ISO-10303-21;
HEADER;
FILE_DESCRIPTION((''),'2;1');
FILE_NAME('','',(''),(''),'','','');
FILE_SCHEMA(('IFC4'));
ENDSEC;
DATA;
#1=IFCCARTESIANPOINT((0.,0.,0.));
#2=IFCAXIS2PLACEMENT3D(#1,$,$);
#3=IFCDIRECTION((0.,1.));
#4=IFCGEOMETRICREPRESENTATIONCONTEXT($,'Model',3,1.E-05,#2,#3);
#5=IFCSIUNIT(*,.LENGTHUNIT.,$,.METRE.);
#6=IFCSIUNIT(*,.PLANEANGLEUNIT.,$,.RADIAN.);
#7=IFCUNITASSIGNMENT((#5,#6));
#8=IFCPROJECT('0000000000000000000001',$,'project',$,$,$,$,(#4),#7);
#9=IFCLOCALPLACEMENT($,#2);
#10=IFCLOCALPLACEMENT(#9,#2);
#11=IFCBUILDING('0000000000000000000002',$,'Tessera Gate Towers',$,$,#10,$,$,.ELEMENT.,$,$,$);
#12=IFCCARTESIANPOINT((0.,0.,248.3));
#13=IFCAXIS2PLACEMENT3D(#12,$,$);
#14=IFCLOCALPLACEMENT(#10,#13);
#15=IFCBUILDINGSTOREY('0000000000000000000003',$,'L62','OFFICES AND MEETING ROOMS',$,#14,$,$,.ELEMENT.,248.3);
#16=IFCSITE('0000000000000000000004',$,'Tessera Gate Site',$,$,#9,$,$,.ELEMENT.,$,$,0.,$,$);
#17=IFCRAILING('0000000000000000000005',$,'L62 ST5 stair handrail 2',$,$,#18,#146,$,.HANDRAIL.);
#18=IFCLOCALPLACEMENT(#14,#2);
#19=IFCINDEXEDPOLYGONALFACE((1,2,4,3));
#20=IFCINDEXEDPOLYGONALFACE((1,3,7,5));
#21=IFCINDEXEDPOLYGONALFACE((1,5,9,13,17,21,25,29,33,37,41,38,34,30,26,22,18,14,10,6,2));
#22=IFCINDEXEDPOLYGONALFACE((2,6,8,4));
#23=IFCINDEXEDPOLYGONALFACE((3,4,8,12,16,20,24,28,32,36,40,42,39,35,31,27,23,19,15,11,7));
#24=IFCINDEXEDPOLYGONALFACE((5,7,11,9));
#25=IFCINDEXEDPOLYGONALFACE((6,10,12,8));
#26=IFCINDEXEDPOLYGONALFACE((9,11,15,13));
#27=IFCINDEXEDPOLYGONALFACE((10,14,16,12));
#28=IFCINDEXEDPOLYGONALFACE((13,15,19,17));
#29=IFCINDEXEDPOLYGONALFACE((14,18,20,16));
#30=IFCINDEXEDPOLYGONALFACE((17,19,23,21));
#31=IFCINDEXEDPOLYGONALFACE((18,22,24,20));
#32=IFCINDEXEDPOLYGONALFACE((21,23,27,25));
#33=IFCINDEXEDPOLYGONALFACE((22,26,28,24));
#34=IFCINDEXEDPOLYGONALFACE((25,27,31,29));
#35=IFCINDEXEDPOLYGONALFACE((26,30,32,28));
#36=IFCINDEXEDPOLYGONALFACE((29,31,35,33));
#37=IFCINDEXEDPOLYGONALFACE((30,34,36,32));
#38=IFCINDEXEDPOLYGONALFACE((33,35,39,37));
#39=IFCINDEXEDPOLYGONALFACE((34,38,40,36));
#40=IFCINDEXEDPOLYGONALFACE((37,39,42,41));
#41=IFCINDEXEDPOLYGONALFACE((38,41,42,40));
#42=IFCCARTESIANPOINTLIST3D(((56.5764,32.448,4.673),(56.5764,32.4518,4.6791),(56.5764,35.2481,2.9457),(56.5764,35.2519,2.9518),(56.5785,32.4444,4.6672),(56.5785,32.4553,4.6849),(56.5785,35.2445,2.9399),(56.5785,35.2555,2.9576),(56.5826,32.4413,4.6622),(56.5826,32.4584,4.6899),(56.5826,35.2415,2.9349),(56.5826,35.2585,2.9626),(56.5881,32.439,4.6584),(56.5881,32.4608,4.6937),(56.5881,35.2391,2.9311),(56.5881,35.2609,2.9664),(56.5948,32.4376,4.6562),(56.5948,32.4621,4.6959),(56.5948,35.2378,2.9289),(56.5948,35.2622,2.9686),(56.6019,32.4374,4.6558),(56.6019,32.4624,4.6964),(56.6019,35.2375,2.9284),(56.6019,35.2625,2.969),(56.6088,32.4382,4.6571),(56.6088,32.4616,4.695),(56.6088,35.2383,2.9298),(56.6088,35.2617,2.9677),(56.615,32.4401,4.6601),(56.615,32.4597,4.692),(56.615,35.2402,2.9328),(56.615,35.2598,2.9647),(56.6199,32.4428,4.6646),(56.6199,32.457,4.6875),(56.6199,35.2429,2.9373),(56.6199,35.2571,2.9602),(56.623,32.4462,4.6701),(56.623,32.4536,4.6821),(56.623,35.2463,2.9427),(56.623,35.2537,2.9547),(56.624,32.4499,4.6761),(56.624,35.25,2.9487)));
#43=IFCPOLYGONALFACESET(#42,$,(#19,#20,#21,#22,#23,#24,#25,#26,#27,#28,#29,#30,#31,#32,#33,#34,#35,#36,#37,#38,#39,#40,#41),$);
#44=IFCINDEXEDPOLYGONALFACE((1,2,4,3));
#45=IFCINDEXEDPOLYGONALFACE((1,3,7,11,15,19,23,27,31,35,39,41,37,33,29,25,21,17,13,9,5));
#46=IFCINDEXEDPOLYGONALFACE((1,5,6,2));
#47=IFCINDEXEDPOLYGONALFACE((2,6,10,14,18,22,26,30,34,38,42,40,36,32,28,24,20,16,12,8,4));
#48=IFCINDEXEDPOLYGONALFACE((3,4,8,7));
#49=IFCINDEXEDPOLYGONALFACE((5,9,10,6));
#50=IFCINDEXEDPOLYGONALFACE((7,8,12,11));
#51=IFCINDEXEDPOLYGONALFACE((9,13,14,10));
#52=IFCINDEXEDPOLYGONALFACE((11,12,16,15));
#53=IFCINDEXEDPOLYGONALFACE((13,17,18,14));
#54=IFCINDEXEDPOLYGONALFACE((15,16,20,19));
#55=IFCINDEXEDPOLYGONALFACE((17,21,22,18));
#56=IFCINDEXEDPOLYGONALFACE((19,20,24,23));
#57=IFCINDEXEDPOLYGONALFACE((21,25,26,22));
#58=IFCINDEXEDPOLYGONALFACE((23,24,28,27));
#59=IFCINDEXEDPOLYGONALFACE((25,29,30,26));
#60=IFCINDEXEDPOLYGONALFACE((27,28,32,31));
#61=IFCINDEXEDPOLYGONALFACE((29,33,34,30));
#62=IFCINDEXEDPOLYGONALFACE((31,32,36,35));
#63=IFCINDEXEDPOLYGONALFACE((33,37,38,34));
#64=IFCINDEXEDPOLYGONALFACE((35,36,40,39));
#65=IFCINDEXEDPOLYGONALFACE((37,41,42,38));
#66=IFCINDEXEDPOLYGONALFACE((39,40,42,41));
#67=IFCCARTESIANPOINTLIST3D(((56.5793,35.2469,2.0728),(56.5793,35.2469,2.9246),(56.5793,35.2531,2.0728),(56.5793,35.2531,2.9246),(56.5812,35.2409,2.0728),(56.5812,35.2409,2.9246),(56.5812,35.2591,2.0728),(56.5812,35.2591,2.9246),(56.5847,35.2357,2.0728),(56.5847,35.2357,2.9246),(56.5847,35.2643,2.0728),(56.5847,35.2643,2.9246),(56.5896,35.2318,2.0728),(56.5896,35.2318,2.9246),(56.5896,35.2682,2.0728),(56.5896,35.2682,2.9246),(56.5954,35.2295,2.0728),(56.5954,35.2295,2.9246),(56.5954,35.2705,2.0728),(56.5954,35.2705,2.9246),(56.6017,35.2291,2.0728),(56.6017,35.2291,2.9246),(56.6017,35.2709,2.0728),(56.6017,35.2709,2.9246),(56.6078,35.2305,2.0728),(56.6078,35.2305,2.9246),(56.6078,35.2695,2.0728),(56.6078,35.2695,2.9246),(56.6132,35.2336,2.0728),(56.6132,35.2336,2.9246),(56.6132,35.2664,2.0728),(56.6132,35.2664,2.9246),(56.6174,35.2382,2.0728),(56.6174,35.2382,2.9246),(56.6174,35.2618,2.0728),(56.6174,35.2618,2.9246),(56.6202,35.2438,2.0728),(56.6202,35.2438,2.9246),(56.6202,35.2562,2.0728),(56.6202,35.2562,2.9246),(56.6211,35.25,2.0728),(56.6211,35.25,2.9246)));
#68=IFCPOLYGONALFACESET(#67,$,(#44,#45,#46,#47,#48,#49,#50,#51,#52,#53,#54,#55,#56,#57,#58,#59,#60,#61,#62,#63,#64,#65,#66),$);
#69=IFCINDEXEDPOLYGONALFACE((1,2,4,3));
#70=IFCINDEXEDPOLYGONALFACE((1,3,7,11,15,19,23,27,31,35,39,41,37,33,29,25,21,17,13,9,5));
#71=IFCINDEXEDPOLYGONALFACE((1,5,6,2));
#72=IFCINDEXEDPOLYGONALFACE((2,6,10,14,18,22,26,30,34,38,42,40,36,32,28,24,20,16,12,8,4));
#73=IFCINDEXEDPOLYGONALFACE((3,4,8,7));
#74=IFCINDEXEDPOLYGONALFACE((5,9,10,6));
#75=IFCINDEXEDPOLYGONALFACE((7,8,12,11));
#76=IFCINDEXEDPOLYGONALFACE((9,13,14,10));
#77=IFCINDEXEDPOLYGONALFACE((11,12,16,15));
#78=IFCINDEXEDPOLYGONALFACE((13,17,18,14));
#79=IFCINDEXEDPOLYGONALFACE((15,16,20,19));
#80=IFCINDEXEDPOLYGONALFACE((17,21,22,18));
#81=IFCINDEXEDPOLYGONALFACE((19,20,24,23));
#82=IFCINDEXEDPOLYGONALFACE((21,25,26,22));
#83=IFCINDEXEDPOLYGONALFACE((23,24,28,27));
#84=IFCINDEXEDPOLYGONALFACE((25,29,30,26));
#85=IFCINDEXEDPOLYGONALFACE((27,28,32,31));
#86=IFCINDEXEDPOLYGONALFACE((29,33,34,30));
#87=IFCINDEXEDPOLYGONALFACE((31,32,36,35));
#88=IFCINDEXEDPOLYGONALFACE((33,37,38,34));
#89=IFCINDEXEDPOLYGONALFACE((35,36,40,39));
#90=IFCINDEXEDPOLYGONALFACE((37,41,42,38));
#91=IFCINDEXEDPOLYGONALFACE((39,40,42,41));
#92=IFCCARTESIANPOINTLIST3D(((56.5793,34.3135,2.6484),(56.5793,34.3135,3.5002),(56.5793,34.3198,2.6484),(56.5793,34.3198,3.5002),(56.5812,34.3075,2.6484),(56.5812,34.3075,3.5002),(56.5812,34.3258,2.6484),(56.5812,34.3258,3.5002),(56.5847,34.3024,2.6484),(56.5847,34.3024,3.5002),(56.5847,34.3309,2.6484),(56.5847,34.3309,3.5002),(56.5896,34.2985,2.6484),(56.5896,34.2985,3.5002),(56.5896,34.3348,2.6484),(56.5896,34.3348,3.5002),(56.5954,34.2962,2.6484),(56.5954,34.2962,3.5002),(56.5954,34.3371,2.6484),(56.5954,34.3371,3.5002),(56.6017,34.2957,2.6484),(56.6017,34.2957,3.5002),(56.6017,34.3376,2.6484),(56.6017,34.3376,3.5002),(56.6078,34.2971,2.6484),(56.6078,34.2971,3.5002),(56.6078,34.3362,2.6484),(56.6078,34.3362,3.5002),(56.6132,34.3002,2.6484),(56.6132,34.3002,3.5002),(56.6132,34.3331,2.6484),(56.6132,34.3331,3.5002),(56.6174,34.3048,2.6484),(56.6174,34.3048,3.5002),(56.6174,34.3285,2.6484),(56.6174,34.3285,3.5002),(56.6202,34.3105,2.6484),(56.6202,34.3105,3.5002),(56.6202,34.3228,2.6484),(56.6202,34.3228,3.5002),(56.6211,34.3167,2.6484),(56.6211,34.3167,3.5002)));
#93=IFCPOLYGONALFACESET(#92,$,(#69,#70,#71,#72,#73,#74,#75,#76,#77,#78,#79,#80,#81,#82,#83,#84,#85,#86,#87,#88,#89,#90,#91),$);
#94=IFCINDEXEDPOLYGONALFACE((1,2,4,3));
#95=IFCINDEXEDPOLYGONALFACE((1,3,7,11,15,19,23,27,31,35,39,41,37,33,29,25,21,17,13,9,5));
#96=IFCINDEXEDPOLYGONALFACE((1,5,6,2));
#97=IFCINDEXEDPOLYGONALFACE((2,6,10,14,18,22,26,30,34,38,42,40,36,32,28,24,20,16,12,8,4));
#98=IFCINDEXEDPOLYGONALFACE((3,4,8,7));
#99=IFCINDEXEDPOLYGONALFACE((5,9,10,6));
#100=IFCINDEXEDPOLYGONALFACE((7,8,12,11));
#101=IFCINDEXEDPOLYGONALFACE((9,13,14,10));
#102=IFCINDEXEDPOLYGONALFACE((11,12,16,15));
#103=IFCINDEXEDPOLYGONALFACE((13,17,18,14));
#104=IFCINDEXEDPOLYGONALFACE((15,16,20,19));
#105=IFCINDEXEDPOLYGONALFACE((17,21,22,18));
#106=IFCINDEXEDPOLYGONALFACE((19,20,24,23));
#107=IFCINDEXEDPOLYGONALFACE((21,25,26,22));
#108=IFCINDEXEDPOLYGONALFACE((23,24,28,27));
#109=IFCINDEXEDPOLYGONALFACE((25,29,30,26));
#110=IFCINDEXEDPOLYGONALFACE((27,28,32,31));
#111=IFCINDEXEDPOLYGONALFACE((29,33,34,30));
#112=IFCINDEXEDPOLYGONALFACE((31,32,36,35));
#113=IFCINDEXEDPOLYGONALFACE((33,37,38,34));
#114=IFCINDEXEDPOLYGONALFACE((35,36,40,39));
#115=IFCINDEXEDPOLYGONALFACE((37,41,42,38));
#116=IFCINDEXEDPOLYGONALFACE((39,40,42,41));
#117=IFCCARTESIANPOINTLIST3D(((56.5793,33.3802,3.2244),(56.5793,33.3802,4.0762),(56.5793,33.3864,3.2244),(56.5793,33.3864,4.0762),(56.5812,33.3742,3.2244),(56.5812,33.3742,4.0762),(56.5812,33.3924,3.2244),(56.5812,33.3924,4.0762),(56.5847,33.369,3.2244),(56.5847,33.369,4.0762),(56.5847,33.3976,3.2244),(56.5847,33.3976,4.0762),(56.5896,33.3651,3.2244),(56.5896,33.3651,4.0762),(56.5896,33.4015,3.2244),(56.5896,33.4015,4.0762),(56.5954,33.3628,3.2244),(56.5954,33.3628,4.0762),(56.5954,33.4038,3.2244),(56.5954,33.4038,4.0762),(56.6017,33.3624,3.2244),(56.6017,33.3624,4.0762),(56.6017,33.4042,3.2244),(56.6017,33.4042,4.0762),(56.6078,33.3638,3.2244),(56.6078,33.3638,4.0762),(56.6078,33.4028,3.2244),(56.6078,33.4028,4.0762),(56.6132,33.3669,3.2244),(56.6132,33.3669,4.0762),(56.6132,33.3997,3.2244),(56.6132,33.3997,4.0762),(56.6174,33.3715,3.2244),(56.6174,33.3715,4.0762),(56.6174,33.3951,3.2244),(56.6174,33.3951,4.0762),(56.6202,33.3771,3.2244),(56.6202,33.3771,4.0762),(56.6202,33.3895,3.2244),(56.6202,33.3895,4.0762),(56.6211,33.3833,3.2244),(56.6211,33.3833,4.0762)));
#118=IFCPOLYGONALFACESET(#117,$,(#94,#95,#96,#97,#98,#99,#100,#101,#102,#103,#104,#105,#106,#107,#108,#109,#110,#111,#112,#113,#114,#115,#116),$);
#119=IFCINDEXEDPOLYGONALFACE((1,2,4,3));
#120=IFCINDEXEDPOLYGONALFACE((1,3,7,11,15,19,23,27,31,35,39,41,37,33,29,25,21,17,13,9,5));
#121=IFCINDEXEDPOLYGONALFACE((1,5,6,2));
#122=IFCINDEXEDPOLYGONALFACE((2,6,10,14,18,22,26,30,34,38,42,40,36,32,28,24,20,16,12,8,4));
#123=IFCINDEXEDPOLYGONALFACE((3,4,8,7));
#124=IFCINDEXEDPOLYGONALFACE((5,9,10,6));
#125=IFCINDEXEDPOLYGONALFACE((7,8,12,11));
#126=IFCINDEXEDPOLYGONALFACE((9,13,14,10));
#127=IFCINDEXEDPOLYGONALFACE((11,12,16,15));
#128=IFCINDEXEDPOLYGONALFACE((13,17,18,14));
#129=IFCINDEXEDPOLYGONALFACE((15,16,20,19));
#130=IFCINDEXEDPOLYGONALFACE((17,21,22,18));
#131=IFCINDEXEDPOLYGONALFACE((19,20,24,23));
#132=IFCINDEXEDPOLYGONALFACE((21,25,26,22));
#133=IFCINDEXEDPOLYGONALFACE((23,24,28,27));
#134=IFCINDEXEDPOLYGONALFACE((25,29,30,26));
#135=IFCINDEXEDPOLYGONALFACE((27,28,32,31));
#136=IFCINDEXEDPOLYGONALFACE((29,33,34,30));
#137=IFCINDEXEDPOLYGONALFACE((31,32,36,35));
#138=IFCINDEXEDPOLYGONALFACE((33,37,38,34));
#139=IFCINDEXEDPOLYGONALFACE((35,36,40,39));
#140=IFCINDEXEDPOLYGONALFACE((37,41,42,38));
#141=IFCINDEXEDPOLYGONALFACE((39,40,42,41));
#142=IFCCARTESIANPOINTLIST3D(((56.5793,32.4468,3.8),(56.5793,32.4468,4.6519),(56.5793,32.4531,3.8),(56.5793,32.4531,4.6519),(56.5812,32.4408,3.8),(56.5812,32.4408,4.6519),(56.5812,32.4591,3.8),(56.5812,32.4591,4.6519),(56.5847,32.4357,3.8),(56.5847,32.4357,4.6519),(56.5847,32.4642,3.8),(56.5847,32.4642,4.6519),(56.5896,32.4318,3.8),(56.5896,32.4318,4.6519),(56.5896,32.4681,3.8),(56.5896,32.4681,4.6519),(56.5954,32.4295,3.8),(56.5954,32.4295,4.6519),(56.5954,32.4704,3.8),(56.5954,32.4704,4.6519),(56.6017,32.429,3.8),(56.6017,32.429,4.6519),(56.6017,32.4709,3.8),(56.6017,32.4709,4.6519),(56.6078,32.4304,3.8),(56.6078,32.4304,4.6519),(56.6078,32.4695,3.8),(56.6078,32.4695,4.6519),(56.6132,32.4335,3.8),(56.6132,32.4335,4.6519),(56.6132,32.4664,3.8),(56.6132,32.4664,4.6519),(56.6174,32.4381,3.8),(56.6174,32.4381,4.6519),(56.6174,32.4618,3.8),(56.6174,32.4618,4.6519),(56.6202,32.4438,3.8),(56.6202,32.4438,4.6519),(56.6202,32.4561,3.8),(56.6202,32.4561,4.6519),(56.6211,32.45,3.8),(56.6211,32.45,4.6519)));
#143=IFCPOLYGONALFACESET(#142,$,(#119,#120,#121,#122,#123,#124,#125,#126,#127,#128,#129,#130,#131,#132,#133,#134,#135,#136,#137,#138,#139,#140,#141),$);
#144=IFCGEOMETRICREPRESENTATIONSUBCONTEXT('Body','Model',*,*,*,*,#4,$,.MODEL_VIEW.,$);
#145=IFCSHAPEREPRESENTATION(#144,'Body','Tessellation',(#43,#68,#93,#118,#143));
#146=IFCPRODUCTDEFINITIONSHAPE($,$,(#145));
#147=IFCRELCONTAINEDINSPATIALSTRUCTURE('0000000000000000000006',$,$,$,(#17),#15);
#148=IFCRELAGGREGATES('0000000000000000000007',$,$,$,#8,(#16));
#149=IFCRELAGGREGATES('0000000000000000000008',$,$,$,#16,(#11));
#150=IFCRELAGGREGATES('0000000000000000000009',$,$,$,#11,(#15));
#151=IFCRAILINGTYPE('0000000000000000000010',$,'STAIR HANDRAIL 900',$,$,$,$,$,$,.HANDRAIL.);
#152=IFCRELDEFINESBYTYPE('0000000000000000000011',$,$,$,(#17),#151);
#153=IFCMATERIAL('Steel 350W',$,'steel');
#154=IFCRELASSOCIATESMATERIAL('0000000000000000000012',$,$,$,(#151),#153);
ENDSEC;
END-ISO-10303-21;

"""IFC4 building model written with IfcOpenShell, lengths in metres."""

from ifc_helpers import new_model, si_unit, direction, frame, origin, origin_2d, place, context, subcontext, project, spatial, circle, extrude, material, type_object, element, save


model = new_model("IFC4")

# Units and contexts
model_context = context("Model", 3, precision=1e-05, world=origin(), true_north=direction((0.0, 1.0)))
body_context = subcontext(model_context, "Body", "Model", "MODEL_VIEW")
ifc_project = project(units=[si_unit("LENGTHUNIT", "METRE"), si_unit("PLANEANGLEUNIT", "RADIAN")], contexts=[model_context])

# Site, building, storey
site_placement = place(None, origin())
site = spatial("IfcSite", under=ifc_project, at=site_placement, Name="Tessera Gate Site", CompositionType="ELEMENT", RefElevation=0.0)
building_placement = place(site_placement, origin())
building = spatial("IfcBuilding", under=site, at=building_placement, Name="Tessera Gate Towers", CompositionType="ELEMENT")
storey_placement = place(building_placement, frame((0.0, 0.0, 248.3)))
storey = spatial("IfcBuildingStorey", under=building, at=storey_placement, Name="L62", Description="OFFICES AND MEETING ROOMS", CompositionType="ELEMENT", Elevation=248.3)

# Railing
ifc_material_1 = material(Name="Steel 350W", Category="steel")
railing_type_1 = type_object("IfcRailingType", Name="STAIR HANDRAIL 900", PredefinedType="HANDRAIL", material=ifc_material_1)
railing_1_placement = place(storey_placement, frame((56.6001, 35.25, 2.0728)))
element("IfcRailing", 1, at=railing_1_placement, inside=storey, type_object=railing_type_1, Name="L62 ST5 stair handrail 2", PredefinedType="HANDRAIL", context=body_context, shape_type="SweptSolid", body=[
    extrude(circle(Radius=0.0239, at=origin_2d()), frame((0.0, 0.0, 0.876), z_axis=(0.0, -0.85109, 0.52502), x_axis=(1.0, 0.0, 0.0)), (0.0, 0.0, 1.0), 3.29),
    extrude(circle(Radius=0.021, at=origin_2d()), origin(), (0.0, 0.0, 1.0), 0.8518),
    extrude(circle(Radius=0.021, at=origin_2d()), frame((0.0, -0.9333, 0.5757)), (0.0, 0.0, 1.0), 0.8518),
    extrude(circle(Radius=0.021, at=origin_2d()), frame((0.0, -1.8667, 1.1516)), (0.0, 0.0, 1.0), 0.8518),
    extrude(circle(Radius=0.021, at=origin_2d()), frame((0.0, -2.8, 1.7273)), (0.0, 0.0, 1.0), 0.8518),
])

save(model, "model.ifc")
